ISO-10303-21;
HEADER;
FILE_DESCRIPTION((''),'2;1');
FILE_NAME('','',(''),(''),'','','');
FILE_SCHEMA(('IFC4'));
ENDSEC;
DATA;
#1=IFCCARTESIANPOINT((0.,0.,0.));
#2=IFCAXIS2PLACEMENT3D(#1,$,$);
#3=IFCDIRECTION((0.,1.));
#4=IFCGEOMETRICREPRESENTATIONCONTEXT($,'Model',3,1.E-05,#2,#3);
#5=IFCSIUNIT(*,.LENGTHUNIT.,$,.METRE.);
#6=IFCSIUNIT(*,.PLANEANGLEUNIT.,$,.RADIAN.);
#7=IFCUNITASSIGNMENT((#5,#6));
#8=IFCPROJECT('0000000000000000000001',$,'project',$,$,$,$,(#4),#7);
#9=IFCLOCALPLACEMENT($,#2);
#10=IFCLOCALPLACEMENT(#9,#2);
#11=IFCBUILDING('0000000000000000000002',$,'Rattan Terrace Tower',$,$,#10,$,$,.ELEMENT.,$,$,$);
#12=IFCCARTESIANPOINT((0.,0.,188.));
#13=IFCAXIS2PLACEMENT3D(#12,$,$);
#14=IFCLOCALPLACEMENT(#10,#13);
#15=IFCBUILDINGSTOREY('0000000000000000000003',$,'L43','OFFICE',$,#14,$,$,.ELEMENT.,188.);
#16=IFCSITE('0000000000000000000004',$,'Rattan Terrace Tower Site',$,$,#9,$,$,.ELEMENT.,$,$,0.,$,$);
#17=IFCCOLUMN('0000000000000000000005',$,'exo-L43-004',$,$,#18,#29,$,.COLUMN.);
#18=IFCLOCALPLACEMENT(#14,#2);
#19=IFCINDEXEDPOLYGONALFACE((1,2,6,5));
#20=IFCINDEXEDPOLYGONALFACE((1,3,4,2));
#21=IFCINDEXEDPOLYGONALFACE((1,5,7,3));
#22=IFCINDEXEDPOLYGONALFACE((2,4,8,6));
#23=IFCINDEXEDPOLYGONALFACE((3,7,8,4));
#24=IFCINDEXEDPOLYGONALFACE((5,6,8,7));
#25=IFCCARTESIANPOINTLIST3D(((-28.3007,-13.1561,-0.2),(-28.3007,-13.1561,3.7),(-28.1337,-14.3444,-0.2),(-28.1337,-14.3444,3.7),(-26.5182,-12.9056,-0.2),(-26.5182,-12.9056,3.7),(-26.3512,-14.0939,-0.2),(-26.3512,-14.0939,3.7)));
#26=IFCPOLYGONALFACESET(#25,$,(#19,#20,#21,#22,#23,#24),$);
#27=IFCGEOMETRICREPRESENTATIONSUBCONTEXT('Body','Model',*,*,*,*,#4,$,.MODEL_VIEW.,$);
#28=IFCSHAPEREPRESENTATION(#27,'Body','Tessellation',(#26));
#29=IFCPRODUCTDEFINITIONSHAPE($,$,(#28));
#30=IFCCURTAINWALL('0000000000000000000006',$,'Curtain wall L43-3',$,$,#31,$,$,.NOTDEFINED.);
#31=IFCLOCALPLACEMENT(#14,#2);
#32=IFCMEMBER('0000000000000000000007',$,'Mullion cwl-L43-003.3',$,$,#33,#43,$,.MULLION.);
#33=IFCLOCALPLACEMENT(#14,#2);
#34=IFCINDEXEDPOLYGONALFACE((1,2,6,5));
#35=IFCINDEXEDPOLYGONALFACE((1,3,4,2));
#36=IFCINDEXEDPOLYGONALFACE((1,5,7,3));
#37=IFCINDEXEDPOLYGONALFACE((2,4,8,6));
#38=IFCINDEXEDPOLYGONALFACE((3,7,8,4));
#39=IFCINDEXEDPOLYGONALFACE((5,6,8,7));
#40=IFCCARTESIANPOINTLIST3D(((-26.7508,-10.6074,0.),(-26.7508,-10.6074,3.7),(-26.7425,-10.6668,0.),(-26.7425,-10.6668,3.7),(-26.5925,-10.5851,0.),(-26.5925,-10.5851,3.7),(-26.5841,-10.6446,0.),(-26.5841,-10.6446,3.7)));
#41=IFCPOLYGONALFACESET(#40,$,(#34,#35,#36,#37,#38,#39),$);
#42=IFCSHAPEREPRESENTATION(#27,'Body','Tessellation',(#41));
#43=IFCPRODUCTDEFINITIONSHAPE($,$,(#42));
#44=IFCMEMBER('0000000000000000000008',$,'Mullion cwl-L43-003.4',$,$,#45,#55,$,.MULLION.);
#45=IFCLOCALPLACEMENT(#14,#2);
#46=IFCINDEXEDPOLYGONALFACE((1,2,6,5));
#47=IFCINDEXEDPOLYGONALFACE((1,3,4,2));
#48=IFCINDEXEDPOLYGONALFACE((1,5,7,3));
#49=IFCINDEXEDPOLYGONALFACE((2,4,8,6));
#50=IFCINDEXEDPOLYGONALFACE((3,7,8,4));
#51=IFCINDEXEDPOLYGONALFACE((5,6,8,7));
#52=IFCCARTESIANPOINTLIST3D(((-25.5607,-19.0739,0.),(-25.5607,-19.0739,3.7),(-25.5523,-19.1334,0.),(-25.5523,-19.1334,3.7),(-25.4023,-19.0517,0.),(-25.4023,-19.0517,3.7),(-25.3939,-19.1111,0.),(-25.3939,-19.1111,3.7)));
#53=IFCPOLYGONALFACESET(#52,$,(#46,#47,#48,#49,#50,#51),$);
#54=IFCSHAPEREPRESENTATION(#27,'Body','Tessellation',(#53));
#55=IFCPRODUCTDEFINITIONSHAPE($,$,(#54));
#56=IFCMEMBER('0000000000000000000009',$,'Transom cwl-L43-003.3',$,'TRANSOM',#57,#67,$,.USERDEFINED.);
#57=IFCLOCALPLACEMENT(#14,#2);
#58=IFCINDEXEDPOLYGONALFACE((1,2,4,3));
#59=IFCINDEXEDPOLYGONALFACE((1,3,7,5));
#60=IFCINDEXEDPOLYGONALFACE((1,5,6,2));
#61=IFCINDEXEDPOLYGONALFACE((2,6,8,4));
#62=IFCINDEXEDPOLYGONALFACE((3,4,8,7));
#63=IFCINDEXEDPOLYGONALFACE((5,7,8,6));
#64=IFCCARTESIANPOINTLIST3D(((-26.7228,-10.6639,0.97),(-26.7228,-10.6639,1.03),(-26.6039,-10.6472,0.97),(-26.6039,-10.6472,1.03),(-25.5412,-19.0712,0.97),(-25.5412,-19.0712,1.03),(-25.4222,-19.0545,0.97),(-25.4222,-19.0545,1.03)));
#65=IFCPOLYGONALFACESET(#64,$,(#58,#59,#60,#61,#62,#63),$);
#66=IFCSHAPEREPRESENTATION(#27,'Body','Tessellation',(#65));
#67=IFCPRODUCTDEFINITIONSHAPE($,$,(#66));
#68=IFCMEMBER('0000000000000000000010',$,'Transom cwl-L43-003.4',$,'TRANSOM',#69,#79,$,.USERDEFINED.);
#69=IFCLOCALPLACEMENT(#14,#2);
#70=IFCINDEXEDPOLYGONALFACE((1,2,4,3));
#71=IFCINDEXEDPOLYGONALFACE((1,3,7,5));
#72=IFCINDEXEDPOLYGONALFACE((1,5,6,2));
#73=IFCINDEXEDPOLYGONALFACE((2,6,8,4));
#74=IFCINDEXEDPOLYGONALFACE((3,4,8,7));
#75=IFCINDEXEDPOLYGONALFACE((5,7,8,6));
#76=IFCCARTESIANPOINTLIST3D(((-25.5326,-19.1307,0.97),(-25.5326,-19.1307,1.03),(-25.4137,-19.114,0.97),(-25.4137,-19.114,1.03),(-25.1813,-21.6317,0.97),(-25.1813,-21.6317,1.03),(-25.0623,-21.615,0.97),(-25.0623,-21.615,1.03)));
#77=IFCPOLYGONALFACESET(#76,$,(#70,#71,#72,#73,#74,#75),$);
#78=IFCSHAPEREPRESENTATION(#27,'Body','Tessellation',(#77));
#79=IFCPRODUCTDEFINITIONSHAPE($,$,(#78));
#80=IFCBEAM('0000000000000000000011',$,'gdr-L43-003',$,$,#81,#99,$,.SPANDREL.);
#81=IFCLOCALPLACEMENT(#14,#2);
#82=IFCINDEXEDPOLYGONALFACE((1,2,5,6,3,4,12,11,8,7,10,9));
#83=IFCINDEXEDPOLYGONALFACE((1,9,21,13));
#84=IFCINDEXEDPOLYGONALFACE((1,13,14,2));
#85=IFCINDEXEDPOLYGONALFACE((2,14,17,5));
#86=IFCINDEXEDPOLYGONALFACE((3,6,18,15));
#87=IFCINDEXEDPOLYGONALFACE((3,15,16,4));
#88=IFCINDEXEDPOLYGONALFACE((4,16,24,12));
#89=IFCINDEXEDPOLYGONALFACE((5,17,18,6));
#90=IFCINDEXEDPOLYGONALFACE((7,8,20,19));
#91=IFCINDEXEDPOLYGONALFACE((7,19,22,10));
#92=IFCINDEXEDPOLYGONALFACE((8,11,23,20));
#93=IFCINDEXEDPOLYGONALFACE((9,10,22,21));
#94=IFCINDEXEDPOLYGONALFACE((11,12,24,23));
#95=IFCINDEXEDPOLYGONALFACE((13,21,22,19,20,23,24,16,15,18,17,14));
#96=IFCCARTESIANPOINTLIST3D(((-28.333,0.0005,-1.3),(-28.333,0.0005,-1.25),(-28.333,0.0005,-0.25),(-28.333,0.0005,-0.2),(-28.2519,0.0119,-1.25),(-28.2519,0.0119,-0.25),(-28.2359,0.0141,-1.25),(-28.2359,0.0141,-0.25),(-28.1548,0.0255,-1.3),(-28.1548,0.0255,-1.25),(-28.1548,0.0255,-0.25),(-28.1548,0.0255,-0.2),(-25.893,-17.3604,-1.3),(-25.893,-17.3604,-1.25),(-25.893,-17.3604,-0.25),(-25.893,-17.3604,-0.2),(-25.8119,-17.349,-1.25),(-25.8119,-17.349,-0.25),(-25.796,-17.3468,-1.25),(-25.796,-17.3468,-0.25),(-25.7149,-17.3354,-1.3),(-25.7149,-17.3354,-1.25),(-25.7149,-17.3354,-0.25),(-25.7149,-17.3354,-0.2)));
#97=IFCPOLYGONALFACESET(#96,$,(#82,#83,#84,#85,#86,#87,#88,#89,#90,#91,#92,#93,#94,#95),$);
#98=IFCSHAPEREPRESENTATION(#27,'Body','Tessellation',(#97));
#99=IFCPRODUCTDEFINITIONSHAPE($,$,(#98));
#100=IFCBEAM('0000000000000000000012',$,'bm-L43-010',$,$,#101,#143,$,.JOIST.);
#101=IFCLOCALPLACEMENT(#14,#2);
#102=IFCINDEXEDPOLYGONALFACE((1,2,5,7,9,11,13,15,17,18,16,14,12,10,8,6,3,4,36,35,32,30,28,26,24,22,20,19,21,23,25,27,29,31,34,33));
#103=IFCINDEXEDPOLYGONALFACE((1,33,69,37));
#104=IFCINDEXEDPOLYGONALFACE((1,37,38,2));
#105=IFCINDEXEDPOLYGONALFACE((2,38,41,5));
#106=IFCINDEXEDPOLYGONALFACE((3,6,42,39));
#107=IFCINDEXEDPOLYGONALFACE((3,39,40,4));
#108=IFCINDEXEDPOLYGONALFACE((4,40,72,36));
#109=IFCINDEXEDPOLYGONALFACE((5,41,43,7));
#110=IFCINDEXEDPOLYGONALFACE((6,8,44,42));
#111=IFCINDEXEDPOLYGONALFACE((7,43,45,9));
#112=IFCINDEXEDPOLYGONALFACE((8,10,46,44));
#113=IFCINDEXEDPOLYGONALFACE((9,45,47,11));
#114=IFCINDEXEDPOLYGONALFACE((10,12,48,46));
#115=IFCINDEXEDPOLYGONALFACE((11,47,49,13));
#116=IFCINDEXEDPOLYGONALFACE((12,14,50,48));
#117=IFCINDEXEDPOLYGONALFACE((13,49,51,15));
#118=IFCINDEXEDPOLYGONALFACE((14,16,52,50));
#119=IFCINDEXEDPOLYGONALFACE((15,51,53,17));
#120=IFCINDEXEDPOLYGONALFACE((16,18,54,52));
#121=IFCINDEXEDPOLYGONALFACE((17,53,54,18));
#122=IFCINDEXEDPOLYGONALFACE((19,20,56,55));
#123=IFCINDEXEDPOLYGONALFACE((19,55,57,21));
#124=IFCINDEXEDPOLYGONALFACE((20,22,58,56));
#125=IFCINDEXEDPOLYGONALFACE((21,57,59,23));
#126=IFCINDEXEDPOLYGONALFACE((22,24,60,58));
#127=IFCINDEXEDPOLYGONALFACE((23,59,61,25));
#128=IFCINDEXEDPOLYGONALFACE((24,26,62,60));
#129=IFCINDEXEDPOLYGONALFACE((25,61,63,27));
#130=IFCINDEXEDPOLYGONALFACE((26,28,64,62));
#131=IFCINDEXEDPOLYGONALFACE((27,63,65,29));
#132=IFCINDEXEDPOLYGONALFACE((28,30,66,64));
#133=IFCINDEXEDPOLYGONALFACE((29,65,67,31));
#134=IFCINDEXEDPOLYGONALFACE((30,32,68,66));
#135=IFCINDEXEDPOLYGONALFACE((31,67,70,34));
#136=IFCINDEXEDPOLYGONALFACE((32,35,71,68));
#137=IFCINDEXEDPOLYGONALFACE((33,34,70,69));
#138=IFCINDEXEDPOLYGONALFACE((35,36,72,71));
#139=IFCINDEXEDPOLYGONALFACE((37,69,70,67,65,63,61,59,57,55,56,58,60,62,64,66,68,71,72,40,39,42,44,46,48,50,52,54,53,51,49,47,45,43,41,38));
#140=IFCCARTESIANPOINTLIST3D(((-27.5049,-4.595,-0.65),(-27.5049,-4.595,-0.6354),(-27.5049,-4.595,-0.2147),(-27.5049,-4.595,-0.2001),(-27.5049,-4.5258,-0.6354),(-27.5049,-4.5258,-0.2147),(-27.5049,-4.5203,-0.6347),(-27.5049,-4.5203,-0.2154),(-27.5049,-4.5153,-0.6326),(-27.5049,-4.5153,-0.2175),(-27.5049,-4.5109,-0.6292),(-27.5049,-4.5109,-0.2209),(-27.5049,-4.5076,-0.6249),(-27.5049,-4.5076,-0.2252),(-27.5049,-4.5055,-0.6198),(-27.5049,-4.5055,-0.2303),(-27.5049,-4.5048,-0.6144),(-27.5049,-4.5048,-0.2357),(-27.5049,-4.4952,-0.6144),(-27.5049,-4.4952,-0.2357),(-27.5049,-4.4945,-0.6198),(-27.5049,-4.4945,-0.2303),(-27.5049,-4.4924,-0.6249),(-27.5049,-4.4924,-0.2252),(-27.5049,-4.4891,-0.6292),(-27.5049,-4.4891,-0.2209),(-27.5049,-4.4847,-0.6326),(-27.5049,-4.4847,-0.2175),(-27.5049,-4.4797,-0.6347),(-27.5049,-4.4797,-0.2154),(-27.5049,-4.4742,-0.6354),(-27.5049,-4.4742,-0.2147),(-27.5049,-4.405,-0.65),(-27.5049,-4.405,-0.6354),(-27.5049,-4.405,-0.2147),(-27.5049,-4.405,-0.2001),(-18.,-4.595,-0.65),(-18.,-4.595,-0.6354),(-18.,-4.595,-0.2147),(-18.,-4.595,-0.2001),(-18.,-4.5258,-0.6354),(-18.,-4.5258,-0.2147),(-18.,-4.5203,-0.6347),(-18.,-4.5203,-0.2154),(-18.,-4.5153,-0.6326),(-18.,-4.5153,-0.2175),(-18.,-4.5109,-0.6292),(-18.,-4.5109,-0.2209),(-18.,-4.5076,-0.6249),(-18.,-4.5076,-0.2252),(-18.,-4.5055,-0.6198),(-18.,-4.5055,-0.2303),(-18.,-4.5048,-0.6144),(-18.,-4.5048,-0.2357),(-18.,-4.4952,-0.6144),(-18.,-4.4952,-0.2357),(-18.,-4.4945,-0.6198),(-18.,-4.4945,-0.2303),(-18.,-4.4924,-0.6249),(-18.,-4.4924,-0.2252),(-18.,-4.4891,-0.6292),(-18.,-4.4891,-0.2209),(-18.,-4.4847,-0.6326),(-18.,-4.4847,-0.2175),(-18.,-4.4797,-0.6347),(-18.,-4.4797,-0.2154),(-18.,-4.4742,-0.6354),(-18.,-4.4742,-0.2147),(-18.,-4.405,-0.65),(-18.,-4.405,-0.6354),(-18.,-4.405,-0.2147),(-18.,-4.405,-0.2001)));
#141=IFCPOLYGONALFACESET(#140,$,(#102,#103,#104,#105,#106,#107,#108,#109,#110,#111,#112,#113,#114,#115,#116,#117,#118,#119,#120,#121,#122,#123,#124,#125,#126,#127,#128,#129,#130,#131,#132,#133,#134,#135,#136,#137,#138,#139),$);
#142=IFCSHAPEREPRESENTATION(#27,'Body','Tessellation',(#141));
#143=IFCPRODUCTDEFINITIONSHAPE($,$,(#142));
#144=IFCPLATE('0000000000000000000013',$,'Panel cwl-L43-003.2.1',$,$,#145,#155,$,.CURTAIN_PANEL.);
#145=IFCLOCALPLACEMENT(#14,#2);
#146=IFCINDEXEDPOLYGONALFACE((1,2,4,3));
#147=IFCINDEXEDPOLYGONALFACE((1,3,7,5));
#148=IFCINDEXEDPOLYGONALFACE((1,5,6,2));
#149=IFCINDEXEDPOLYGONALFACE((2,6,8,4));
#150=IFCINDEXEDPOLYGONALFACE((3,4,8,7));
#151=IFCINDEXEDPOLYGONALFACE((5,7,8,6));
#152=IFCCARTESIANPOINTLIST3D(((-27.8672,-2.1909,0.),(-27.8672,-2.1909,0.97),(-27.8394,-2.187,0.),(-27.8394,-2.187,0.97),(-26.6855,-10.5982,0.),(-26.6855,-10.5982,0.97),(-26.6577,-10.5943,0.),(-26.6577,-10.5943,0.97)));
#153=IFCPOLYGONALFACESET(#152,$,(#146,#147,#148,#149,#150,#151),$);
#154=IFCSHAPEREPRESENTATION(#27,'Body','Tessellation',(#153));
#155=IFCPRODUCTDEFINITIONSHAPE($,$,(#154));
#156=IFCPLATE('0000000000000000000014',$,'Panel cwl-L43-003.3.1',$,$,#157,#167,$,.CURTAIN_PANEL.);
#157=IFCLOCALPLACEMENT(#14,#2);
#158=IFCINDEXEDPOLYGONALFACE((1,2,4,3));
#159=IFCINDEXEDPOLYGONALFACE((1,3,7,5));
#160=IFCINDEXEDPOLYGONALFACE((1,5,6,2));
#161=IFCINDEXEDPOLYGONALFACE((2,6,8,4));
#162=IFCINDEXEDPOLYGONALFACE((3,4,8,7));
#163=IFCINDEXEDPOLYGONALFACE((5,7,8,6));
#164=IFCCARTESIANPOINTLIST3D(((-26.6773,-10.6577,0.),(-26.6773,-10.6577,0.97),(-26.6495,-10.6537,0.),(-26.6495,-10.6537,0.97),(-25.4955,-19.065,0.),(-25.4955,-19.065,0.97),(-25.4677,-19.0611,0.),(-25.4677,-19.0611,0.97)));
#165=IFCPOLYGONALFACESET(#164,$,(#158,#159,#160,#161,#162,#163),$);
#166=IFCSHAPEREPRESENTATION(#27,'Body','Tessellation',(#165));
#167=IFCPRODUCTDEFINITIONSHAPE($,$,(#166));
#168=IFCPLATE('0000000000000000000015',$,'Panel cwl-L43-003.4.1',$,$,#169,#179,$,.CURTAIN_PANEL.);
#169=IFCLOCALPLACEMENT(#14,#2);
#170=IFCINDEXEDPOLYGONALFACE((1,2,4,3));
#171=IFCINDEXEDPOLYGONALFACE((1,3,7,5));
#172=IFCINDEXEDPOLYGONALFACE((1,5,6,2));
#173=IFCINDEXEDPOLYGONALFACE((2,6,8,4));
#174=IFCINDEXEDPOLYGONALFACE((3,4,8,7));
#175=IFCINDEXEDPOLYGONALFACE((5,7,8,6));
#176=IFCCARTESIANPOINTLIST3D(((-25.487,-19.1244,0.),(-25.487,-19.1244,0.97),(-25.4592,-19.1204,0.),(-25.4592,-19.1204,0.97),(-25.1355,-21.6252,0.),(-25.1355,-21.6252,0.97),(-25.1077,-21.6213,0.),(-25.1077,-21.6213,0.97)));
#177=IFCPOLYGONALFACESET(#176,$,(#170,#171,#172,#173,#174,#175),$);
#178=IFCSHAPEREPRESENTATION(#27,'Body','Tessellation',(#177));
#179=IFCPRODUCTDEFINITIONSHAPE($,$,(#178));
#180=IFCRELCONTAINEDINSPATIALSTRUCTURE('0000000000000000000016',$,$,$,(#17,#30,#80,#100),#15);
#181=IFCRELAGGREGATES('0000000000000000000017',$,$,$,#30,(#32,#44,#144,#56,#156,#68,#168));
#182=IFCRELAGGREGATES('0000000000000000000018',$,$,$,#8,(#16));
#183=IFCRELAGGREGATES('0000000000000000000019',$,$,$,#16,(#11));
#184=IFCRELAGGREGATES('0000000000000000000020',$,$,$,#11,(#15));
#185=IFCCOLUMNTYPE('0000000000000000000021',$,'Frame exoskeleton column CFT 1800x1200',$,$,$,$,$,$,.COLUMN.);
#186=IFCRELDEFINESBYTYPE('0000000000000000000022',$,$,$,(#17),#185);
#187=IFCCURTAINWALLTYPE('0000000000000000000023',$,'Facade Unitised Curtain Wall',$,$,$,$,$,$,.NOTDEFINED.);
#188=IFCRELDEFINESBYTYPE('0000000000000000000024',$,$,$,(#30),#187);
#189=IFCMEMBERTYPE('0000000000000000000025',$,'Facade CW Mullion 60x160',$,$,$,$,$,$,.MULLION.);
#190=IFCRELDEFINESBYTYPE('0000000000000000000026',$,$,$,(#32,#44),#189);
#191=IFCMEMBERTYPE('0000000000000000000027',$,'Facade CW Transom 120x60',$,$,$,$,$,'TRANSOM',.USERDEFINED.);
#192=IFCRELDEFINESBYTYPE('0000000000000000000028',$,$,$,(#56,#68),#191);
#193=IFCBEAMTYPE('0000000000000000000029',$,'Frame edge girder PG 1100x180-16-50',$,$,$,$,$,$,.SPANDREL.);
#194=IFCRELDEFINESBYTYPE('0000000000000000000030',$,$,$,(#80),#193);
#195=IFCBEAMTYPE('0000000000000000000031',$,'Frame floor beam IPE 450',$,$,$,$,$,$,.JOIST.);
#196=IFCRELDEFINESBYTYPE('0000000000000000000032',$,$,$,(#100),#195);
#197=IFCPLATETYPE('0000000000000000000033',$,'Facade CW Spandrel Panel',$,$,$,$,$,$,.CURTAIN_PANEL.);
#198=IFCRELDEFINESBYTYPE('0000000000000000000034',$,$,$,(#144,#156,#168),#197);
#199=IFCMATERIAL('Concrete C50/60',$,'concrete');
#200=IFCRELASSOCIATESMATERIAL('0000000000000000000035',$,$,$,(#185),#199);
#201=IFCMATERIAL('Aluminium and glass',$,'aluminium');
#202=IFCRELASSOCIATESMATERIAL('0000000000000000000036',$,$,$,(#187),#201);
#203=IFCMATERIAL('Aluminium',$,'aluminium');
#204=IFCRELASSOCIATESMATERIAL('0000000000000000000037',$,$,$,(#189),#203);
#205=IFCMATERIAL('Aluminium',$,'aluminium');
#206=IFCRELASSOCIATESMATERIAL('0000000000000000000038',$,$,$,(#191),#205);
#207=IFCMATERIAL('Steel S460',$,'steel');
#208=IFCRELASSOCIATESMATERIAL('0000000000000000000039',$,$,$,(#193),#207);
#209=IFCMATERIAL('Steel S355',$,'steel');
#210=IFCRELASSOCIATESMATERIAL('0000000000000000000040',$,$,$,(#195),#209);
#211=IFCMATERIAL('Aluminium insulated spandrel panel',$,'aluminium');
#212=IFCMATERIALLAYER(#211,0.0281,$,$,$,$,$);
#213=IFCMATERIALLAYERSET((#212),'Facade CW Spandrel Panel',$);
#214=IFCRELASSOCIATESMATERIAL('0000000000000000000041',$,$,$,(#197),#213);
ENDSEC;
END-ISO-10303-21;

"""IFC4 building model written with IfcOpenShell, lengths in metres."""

from ifc_helpers import new_model, si_unit, direction, frame, origin, origin_2d, place, context, subcontext, project, spatial, rectangle, i_section, extrude, material, layer, layer_set, material_profile, profile_set, type_object, element, aggregate, save


model = new_model("IFC4")

# Units and contexts
model_context = context("Model", 3, precision=1e-05, world=origin(), true_north=direction((0.0, 1.0)))
body_context = subcontext(model_context, "Body", "Model", "MODEL_VIEW")
ifc_project = project(units=[si_unit("LENGTHUNIT", "METRE"), si_unit("PLANEANGLEUNIT", "RADIAN")], contexts=[model_context])

# Site, building, storey
site_placement = place(None, origin())
site = spatial("IfcSite", under=ifc_project, at=site_placement, Name="Rattan Terrace Tower Site", CompositionType="ELEMENT", RefElevation=0.0)
building_placement = place(site_placement, origin())
building = spatial("IfcBuilding", under=site, at=building_placement, Name="Rattan Terrace Tower", CompositionType="ELEMENT")
storey_placement = place(building_placement, frame((0.0, 0.0, 188.0)))
storey = spatial("IfcBuildingStorey", under=building, at=storey_placement, Name="L43", Description="OFFICE", CompositionType="ELEMENT", Elevation=188.0)

# Column
ifc_material_1 = material(Name="Concrete C50/60", Category="concrete")
ifc_material_profile_1 = material_profile(ifc_material_1, rectangle(XDim=1.2, YDim=1.8, at=origin_2d()), Name="CFT 1800x1200")
ifc_profile_set_1 = profile_set([ifc_material_profile_1], Name="Concrete C50/60")
column_type = type_object("IfcColumnType", Name="Frame exoskeleton column CFT 1800x1200", PredefinedType="COLUMN", material=ifc_profile_set_1)
column_placement = place(storey_placement, frame((-27.3259, -13.625, -0.2), z_axis=(0.0, 0.0, 1.0), x_axis=(-0.13919, 0.990266, 0.0)))
element("IfcColumn", 1, at=column_placement, inside=storey, type_object=column_type, Name="exo-L43-004", PredefinedType="COLUMN", context=body_context, shape_type="SweptSolid", body=[
    extrude(rectangle(XDim=1.2, YDim=1.8, at=origin_2d()), origin(), (0.0, 0.0, 1.0), 3.8999),
])

# Curtain wall, members
ifc_material_2 = material(Name="Aluminium and glass", Category="aluminium")
curtain_wall_type = type_object("IfcCurtainWallType", Name="Facade Unitised Curtain Wall", PredefinedType="NOTDEFINED", material=ifc_material_2)
curtain_wall_placement = place(storey_placement, origin())
curtain_wall = element("IfcCurtainWall", 2, at=curtain_wall_placement, inside=storey, type_object=curtain_wall_type, Name="Curtain wall L43-3", PredefinedType="NOTDEFINED")
ifc_material_3 = material(Name="Aluminium", Category="aluminium")
ifc_material_profile_2 = material_profile(ifc_material_3, rectangle(XDim=0.0601, YDim=0.1599, at=origin_2d()), Name="Aluminium 60x160")
ifc_profile_set_2 = profile_set([ifc_material_profile_2], Name="Aluminium")
member_type_1 = type_object("IfcMemberType", Name="Facade CW Mullion 60x160", PredefinedType="MULLION", material=ifc_profile_set_2)
member_1_placement = place(storey_placement, frame((-26.6675, -10.626, 0.0), z_axis=(0.0, 0.0, 1.0), x_axis=(0.139191, -0.990266, 0.0)))
member_1 = element("IfcMember", 3, at=member_1_placement, type_object=member_type_1, Name="Mullion cwl-L43-003.3", PredefinedType="MULLION", context=body_context, shape_type="SweptSolid", body=[
    extrude(rectangle(XDim=0.0601, YDim=0.1599, at=origin_2d()), origin(), (0.0, 0.0, 1.0), 3.7),
])
member_2_placement = place(storey_placement, frame((-25.4773, -19.0925, 0.0), z_axis=(0.0, 0.0, 1.0), x_axis=(0.139191, -0.990266, 0.0)))
member_2 = element("IfcMember", 4, at=member_2_placement, type_object=member_type_1, Name="Mullion cwl-L43-003.4", PredefinedType="MULLION", context=body_context, shape_type="SweptSolid", body=[
    extrude(rectangle(XDim=0.0601, YDim=0.1599, at=origin_2d()), origin(), (0.0, 0.0, 1.0), 3.7),
])
ifc_material_4 = material(Name="Aluminium", Category="aluminium")
ifc_material_profile_3 = material_profile(ifc_material_4, rectangle(XDim=0.1201, YDim=0.0601, at=origin_2d()), Name="Aluminium 120x60")
ifc_profile_set_3 = profile_set([ifc_material_profile_3], Name="Aluminium")
member_type_2 = type_object("IfcMemberType", Name="Facade CW Transom 120x60", ElementType="TRANSOM", PredefinedType="USERDEFINED", material=ifc_profile_set_3)
member_3_placement = place(storey_placement, frame((-26.6633, -10.6555, 1.0), z_axis=(0.139179, -0.990267, 0.0), x_axis=(0.990267, 0.139179, 0.0)))
member_3 = element("IfcMember", 5, at=member_3_placement, type_object=member_type_2, Name="Transom cwl-L43-003.3", ObjectType="TRANSOM", PredefinedType="USERDEFINED", context=body_context, shape_type="SweptSolid", body=[
    extrude(rectangle(XDim=0.1201, YDim=0.0601, at=origin_2d()), origin(), (0.0, 0.0, 1.0), 8.49),
])
member_4_placement = place(storey_placement, frame((-25.4731, -19.1223, 1.0), z_axis=(0.139107, -0.990277, 0.0), x_axis=(0.990277, 0.139107, 0.0)))
member_4 = element("IfcMember", 6, at=member_4_placement, type_object=member_type_2, Name="Transom cwl-L43-003.4", ObjectType="TRANSOM", PredefinedType="USERDEFINED", context=body_context, shape_type="SweptSolid", body=[
    extrude(rectangle(XDim=0.1201, YDim=0.0601, at=origin_2d()), origin(), (0.0, 0.0, 1.0), 2.5256),
])

# Beams
ifc_material_5 = material(Name="Steel S460", Category="steel")
ifc_material_profile_4 = material_profile(ifc_material_5, i_section(OverallWidth=0.1799, OverallDepth=1.1001, WebThickness=0.0161, FlangeThickness=0.05, at=origin_2d()), Name="PG 1100x180-16-50")
ifc_profile_set_4 = profile_set([ifc_material_profile_4], Name="Steel S460")
beam_type_1 = type_object("IfcBeamType", Name="Frame edge girder PG 1100x180-16-50", PredefinedType="SPANDREL", material=ifc_profile_set_4)
beam_1_placement = place(storey_placement, frame((-25.804, -17.3479, -0.75), z_axis=(-0.139175, 0.990268, 0.0), x_axis=(-0.990268, -0.139175, 0.0)))
element("IfcBeam", 7, at=beam_1_placement, inside=storey, type_object=beam_type_1, Name="gdr-L43-003", PredefinedType="SPANDREL", context=body_context, shape_type="SweptSolid", body=[
    extrude(i_section(OverallWidth=0.1799, OverallDepth=1.1001, WebThickness=0.0161, FlangeThickness=0.05, at=origin_2d()), origin(), (0.0, 0.0, 1.0), 17.5315),
])
ifc_material_6 = material(Name="Steel S355", Category="steel")
ifc_material_profile_5 = material_profile(ifc_material_6, i_section(OverallWidth=0.1899, OverallDepth=0.45, WebThickness=0.0095, FlangeThickness=0.0146, FilletRadius=0.021, at=origin_2d()), Name="IPE 450")
ifc_profile_set_5 = profile_set([ifc_material_profile_5], Name="Steel S355")
beam_type_2 = type_object("IfcBeamType", Name="Frame floor beam IPE 450", PredefinedType="JOIST", material=ifc_profile_set_5)
beam_2_placement = place(storey_placement, frame((-27.5049, -4.5, -0.425), z_axis=(1.0, 0.0, 0.0), x_axis=(0.0, 1.0, 0.0)))
element("IfcBeam", 8, at=beam_2_placement, inside=storey, type_object=beam_type_2, Name="bm-L43-010", PredefinedType="JOIST", context=body_context, shape_type="SweptSolid", body=[
    extrude(i_section(OverallWidth=0.1899, OverallDepth=0.45, WebThickness=0.0095, FlangeThickness=0.0146, FilletRadius=0.021, at=origin_2d()), origin(), (0.0, 0.0, 1.0), 9.5049),
])

# Plates
ifc_material_7 = material(Name="Aluminium insulated spandrel panel", Category="aluminium")
ifc_layer_1 = layer(ifc_material_7, 0.0281)
ifc_layer_set_1 = layer_set([ifc_layer_1], Name="Facade CW Spandrel Panel")
plate_type_1 = type_object("IfcPlateType", Name="Facade CW Spandrel Panel", PredefinedType="CURTAIN_PANEL", material=ifc_layer_set_1)
plate_1_placement = place(storey_placement, frame((-27.2625, -6.3926, 0.0), z_axis=(0.0, 0.0, 1.0), x_axis=(0.139191, -0.990266, 0.0)))
plate_1 = element("IfcPlate", 9, at=plate_1_placement, type_object=plate_type_1, Name="Panel cwl-L43-003.2.1", PredefinedType="CURTAIN_PANEL", context=body_context, shape_type="SweptSolid", body=[
    extrude(rectangle(XDim=8.49, YDim=0.0281, at=origin_2d()), origin(), (0.0, 0.0, 1.0), 0.97),
])
plate_2_placement = place(storey_placement, frame((-26.0725, -14.8594, 0.0), z_axis=(0.0, 0.0, 1.0), x_axis=(0.139191, -0.990266, 0.0)))
plate_2 = element("IfcPlate", 10, at=plate_2_placement, type_object=plate_type_1, Name="Panel cwl-L43-003.3.1", PredefinedType="CURTAIN_PANEL", context=body_context, shape_type="SweptSolid", body=[
    extrude(rectangle(XDim=8.49, YDim=0.0281, at=origin_2d()), origin(), (0.0, 0.0, 1.0), 0.97),
])
plate_3_placement = place(storey_placement, frame((-25.2974, -20.3728, 0.0), z_axis=(0.0, 0.0, 1.0), x_axis=(0.139191, -0.990266, 0.0)))
plate_3 = element("IfcPlate", 11, at=plate_3_placement, type_object=plate_type_1, Name="Panel cwl-L43-003.4.1", PredefinedType="CURTAIN_PANEL", context=body_context, shape_type="SweptSolid", body=[
    extrude(rectangle(XDim=2.5254, YDim=0.0281, at=origin_2d()), origin(), (0.0, 0.0, 1.0), 0.97),
])
aggregate(curtain_wall, [member_1, member_2, plate_1, member_3, plate_2, member_4, plate_3])

save(model, "model.ifc")
